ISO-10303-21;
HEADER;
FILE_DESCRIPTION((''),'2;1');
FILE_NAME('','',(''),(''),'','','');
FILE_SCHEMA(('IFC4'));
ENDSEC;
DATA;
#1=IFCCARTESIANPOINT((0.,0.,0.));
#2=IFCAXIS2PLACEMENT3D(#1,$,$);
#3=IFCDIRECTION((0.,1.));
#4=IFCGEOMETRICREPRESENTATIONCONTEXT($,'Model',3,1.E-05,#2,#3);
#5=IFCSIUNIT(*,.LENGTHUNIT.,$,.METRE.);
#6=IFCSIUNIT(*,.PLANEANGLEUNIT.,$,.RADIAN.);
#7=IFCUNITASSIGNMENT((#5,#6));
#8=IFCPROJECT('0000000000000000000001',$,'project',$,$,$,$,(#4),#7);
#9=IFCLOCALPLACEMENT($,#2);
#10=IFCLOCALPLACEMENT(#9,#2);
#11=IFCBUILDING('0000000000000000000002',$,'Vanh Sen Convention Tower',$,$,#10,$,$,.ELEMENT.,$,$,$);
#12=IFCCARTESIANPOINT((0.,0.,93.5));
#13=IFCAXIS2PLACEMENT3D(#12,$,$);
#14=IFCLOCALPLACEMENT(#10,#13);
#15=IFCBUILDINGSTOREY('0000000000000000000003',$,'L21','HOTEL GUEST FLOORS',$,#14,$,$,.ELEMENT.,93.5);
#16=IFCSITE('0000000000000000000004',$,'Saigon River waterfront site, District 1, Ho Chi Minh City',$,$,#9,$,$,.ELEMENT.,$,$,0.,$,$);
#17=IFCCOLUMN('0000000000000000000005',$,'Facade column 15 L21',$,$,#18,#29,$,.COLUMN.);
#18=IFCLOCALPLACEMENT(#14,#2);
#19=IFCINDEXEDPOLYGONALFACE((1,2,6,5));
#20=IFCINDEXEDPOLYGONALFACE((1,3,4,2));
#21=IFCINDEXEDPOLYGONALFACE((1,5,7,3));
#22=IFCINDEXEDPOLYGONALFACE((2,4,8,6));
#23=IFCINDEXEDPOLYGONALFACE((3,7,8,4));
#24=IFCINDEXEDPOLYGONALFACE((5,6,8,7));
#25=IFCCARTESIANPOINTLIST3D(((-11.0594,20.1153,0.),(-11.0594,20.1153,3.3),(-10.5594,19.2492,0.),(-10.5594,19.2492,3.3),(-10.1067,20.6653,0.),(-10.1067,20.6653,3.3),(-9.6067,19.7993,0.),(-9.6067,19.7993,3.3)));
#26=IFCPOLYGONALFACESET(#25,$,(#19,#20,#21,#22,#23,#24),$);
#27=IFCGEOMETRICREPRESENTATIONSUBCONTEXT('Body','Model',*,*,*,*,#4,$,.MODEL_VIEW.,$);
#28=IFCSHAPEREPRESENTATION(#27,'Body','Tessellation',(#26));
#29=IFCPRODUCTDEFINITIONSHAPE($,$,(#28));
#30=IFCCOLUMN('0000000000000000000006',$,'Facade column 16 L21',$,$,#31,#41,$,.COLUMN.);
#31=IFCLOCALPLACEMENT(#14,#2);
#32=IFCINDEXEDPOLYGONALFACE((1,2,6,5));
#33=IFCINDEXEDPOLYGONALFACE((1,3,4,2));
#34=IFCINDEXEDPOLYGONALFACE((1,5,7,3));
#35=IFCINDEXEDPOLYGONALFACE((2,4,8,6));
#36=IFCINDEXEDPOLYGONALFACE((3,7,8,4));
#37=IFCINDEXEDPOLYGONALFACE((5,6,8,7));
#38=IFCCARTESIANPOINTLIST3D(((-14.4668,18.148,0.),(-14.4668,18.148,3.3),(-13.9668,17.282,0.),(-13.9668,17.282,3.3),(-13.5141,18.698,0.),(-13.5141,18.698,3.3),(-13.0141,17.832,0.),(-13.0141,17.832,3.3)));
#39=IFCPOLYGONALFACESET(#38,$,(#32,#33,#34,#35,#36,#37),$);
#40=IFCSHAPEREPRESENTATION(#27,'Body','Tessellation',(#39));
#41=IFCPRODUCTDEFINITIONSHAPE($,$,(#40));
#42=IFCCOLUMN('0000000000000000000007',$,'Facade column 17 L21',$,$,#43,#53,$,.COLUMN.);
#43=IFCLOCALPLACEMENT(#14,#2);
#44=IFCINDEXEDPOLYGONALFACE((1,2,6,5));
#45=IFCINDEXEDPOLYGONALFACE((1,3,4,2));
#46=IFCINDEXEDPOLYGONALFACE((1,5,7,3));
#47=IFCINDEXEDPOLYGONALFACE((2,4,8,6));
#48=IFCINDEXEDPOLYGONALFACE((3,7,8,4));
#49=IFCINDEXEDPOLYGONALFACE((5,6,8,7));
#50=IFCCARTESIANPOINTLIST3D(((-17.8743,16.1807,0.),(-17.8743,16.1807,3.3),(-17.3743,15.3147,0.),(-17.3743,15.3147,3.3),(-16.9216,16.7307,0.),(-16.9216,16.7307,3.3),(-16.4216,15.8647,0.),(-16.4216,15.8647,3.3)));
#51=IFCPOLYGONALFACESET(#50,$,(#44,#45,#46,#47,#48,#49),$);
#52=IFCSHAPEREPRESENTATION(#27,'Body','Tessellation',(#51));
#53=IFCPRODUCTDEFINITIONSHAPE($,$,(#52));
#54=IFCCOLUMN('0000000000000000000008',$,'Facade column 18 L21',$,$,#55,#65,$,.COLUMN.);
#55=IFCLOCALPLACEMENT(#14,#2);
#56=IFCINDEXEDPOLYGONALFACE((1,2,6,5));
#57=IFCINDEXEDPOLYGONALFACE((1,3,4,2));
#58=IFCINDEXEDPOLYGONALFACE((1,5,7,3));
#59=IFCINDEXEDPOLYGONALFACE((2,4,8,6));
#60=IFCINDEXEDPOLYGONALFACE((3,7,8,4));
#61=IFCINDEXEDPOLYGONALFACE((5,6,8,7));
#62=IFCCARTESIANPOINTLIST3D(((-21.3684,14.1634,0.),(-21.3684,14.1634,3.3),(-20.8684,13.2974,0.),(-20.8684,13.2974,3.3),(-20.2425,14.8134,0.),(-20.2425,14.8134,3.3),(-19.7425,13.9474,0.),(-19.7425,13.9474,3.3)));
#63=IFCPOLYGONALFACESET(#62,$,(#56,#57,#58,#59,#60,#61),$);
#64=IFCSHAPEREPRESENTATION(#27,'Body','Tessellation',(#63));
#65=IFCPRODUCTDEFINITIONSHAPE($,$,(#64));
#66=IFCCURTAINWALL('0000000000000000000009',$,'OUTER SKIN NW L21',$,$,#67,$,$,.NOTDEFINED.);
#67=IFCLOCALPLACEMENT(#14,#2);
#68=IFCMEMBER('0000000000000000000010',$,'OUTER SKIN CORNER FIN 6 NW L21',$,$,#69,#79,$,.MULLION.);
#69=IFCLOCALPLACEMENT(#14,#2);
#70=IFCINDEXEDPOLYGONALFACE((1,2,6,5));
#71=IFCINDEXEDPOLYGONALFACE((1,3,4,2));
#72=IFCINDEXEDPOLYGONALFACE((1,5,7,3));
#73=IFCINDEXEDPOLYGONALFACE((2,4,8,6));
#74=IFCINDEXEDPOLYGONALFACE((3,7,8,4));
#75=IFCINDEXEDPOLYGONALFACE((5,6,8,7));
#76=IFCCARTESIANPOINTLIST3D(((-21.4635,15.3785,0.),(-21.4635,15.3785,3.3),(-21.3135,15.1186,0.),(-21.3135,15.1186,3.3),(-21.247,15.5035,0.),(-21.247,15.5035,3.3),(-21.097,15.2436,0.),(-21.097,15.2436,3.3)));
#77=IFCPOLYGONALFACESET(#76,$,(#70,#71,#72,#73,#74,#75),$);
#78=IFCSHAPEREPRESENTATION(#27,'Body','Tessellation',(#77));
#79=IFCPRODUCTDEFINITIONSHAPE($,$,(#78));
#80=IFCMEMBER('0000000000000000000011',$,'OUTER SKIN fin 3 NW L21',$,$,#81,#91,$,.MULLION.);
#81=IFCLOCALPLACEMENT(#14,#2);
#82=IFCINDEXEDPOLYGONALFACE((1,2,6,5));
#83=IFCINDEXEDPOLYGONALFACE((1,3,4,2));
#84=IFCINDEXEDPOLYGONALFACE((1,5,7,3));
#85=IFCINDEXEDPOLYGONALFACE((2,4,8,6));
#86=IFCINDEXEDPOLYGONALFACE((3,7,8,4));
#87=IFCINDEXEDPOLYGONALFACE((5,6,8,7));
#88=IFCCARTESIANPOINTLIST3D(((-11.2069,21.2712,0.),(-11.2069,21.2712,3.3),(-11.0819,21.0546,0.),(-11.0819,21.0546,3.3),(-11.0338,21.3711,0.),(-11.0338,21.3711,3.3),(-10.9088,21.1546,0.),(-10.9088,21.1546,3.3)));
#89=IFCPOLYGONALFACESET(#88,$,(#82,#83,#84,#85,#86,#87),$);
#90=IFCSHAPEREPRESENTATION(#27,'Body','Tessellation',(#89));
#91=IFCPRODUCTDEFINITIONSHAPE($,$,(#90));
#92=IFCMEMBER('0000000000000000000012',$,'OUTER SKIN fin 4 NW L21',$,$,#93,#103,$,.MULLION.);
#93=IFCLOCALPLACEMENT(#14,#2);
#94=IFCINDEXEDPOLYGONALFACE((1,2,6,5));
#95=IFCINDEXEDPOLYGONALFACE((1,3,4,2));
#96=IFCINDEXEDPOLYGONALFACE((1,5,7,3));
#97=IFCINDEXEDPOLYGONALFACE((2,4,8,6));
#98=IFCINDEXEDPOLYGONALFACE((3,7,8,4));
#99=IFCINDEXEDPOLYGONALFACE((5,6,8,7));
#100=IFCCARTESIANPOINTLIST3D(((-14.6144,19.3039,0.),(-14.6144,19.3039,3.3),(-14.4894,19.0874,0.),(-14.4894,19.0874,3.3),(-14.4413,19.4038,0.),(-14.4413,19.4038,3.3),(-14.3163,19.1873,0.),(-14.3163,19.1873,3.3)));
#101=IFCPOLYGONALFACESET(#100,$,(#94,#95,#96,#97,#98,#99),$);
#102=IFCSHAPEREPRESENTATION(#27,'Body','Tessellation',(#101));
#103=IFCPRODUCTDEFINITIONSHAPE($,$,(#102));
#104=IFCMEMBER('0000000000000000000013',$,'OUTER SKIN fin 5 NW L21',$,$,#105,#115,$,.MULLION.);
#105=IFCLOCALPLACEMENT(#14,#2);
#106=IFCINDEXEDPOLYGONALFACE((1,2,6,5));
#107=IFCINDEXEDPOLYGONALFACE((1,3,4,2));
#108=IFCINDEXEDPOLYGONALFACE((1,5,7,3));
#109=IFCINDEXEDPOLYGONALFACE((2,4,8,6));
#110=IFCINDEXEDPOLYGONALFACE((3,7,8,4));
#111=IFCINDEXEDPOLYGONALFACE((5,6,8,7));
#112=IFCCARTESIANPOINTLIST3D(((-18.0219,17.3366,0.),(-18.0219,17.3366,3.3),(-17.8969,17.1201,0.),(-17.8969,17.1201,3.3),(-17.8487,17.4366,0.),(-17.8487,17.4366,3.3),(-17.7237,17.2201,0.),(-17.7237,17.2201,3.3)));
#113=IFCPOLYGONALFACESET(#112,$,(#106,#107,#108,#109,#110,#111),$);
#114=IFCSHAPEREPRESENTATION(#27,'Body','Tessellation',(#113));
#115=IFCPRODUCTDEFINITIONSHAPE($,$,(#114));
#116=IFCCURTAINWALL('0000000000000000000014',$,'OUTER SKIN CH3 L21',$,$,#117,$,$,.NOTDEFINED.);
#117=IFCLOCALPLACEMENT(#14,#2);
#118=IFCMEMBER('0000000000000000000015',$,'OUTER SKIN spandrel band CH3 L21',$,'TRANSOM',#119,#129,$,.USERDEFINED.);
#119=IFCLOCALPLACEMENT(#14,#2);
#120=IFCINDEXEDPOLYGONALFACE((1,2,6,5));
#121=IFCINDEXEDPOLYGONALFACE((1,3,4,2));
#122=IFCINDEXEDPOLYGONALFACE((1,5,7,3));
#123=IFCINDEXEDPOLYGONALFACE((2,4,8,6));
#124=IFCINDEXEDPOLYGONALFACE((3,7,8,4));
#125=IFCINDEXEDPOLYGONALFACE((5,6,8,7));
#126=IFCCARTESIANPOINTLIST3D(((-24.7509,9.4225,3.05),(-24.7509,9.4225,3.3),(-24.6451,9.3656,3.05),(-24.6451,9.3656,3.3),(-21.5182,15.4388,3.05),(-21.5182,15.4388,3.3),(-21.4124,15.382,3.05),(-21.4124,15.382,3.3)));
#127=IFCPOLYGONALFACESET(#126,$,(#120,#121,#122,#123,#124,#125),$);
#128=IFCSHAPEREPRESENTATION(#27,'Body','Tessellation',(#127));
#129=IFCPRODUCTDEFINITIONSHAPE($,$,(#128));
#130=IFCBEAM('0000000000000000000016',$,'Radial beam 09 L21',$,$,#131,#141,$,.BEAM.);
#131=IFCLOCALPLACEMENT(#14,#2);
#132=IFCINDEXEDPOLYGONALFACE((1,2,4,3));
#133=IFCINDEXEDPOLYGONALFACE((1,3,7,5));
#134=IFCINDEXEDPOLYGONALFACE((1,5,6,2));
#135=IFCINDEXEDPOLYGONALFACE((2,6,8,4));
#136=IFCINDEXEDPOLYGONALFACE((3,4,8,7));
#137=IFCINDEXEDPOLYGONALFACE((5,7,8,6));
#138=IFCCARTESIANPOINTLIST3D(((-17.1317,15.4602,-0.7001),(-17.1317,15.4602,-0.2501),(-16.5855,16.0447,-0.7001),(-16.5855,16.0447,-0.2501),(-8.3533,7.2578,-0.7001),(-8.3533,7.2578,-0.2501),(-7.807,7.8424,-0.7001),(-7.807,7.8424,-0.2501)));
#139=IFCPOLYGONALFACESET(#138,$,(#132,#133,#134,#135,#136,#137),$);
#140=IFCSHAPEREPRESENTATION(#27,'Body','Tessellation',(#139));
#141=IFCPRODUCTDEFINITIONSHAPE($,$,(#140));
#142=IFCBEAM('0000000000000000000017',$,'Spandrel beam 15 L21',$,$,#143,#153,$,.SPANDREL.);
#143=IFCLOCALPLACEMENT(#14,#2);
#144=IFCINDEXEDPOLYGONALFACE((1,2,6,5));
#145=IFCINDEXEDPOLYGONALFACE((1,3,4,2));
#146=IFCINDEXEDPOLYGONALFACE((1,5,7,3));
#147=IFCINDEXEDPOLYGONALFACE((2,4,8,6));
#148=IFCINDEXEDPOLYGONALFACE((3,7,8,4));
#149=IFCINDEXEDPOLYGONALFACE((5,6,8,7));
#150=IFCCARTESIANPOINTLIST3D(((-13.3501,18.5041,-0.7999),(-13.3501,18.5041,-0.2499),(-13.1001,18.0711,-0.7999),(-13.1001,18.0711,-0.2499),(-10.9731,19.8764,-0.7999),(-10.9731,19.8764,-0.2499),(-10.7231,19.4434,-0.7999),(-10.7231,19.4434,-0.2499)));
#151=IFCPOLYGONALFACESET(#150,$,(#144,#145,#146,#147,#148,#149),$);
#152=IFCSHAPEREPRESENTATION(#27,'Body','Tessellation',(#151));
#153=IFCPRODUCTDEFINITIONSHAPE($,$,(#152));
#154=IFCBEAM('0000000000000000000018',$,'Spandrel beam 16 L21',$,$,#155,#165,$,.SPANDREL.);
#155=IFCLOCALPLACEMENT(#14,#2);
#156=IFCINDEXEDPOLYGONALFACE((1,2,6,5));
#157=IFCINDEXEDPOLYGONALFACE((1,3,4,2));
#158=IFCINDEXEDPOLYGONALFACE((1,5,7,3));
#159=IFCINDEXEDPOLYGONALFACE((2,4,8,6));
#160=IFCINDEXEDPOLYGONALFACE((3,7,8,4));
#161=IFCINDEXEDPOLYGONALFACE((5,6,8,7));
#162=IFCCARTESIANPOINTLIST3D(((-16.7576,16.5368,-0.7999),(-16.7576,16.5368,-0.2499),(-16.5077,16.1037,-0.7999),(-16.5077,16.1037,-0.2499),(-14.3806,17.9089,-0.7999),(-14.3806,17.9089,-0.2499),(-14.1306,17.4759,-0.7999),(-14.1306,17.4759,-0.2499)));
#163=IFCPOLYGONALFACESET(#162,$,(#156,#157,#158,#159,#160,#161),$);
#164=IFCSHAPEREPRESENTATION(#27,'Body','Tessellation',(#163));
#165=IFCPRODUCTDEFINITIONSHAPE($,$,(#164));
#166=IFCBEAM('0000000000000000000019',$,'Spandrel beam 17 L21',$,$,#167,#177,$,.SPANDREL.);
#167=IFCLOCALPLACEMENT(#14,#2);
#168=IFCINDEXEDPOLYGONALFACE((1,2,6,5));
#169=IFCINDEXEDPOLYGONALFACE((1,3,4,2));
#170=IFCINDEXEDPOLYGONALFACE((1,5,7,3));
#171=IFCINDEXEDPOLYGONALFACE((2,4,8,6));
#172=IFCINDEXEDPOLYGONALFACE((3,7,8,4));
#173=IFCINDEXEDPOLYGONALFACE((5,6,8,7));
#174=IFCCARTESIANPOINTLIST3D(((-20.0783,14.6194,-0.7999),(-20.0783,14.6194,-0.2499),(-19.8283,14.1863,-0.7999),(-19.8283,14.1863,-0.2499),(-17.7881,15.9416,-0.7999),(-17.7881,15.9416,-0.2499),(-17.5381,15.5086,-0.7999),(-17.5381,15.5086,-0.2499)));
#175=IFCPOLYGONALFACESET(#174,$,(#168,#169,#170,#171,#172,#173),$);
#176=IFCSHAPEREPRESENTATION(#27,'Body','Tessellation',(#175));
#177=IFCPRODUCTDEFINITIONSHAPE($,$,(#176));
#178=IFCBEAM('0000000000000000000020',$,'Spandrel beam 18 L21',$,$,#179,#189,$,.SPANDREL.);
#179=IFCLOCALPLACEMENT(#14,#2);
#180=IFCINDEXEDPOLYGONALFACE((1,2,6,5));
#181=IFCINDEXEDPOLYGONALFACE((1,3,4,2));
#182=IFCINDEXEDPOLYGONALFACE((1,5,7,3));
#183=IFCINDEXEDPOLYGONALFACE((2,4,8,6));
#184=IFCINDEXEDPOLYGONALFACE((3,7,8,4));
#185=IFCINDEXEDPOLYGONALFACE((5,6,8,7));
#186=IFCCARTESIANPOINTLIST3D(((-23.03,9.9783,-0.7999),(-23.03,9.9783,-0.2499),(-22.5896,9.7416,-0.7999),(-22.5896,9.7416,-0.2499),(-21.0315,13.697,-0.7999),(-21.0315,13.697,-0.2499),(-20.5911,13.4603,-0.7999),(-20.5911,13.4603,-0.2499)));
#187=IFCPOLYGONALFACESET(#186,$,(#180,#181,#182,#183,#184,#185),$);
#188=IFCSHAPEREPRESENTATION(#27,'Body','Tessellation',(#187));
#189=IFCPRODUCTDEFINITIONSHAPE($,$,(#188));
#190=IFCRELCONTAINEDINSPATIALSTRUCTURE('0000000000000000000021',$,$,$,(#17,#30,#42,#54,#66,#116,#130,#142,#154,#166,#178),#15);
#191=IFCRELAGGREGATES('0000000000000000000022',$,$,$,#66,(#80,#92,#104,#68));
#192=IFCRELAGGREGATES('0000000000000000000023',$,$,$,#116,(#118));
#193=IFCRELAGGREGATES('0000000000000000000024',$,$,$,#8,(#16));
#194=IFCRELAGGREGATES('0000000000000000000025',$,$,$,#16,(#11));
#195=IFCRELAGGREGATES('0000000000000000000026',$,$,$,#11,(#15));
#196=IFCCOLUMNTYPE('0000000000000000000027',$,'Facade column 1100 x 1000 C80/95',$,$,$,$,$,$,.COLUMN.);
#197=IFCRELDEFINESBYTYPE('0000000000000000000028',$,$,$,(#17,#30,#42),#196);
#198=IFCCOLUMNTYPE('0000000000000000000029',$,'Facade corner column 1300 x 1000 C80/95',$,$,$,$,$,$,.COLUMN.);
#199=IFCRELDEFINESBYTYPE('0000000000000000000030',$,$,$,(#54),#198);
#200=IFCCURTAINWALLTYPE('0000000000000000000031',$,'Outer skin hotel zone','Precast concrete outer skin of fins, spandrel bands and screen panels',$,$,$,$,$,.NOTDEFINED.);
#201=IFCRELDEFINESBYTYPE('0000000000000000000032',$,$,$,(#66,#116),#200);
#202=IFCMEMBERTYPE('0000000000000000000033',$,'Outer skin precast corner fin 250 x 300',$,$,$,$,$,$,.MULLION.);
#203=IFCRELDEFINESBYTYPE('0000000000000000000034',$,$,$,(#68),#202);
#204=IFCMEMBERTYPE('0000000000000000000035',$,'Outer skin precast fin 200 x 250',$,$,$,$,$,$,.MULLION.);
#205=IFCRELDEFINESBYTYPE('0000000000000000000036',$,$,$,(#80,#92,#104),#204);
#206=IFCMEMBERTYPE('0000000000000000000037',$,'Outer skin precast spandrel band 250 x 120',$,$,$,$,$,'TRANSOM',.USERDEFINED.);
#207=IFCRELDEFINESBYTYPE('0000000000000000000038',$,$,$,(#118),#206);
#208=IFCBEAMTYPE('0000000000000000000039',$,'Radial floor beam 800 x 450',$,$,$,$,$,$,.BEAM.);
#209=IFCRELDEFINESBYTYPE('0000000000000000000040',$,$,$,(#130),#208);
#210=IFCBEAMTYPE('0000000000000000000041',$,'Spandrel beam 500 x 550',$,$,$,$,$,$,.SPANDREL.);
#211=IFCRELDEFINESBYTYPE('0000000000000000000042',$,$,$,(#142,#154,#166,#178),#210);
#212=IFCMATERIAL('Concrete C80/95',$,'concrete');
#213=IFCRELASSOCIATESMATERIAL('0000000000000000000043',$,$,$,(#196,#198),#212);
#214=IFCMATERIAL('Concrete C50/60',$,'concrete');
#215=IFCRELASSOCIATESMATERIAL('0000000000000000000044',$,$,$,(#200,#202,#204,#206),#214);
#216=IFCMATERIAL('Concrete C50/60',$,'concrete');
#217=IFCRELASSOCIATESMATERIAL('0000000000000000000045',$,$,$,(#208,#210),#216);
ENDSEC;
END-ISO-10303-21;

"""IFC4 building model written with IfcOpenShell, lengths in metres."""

from ifc_helpers import new_model, si_unit, direction, frame, origin, origin_2d, place, context, subcontext, project, spatial, rectangle, extrude, material, material_profile, profile_set, type_object, element, aggregate, save


model = new_model("IFC4")

# Units and contexts
model_context = context("Model", 3, precision=1e-05, world=origin(), true_north=direction((0.0, 1.0)))
body_context = subcontext(model_context, "Body", "Model", "MODEL_VIEW")
ifc_project = project(units=[si_unit("LENGTHUNIT", "METRE"), si_unit("PLANEANGLEUNIT", "RADIAN")], contexts=[model_context])

# Site, building, storey
site_placement = place(None, origin())
site = spatial("IfcSite", under=ifc_project, at=site_placement, Name="Saigon River waterfront site, District 1, Ho Chi Minh City", CompositionType="ELEMENT", RefElevation=0.0)
building_placement = place(site_placement, origin())
building = spatial("IfcBuilding", under=site, at=building_placement, Name="Vanh Sen Convention Tower", CompositionType="ELEMENT")
storey_placement = place(building_placement, frame((0.0, 0.0, 93.5)))
storey = spatial("IfcBuildingStorey", under=building, at=storey_placement, Name="L21", Description="HOTEL GUEST FLOORS", CompositionType="ELEMENT", Elevation=93.5)

# Columns
ifc_material_1 = material(Name="Concrete C80/95", Category="concrete")
ifc_material_profile_1 = material_profile(ifc_material_1, rectangle(XDim=1.1001, YDim=1.0, at=origin_2d()), Name="RC 1100X1000")
ifc_profile_set_1 = profile_set([ifc_material_profile_1], Name="Concrete C80/95")
column_type_1 = type_object("IfcColumnType", Name="Facade column 1100 x 1000 C80/95", PredefinedType="COLUMN", material=ifc_profile_set_1)
for number, where, z_axis, x_axis, name in (
    (1, (-10.333, 19.9573, 0.0), (0.0, 0.0, 1.0), (-0.866025, -0.5, 0.0), "Facade column 15 L21"),
    (2, (-13.7405, 17.99, 0.0), (0.0, 0.0, 1.0), (-0.866025, -0.5, 0.0), "Facade column 16 L21"),
    (3, (-17.1479, 16.0227, 0.0), (0.0, 0.0, 1.0), (-0.866025, -0.5, 0.0), "Facade column 17 L21"),
):
    element("IfcColumn", number, at=place(storey_placement, frame(where, z_axis=z_axis, x_axis=x_axis)), inside=storey, type_object=column_type_1, Name=name, PredefinedType="COLUMN", context=body_context, shape_type="SweptSolid", body=[
        extrude(rectangle(XDim=1.1001, YDim=1.0, at=origin_2d()), origin(), (0.0, 0.0, 1.0), 3.3),
    ])
ifc_material_profile_2 = material_profile(ifc_material_1, rectangle(XDim=1.3, YDim=1.0, at=origin_2d()), Name="RC 1300X1000")
ifc_profile_set_2 = profile_set([ifc_material_profile_2], Name="Concrete C80/95")
column_type_2 = type_object("IfcColumnType", Name="Facade corner column 1300 x 1000 C80/95", PredefinedType="COLUMN", material=ifc_profile_set_2)
column_placement = place(storey_placement, frame((-20.5554, 14.0554, 0.0), z_axis=(0.0, 0.0, 1.0), x_axis=(-0.866025, -0.5, 0.0)))
element("IfcColumn", 4, at=column_placement, inside=storey, type_object=column_type_2, Name="Facade column 18 L21", PredefinedType="COLUMN", context=body_context, shape_type="SweptSolid", body=[
    extrude(rectangle(XDim=1.3, YDim=1.0, at=origin_2d()), origin(), (0.0, 0.0, 1.0), 3.3),
])

# Curtain wall, members
ifc_material_2 = material(Name="Concrete C50/60", Category="concrete")
curtain_wall_type = type_object("IfcCurtainWallType", Name="Outer skin hotel zone", Description="Precast concrete outer skin of fins, spandrel bands and screen panels", PredefinedType="NOTDEFINED", material=ifc_material_2)
curtain_wall_1_placement = place(storey_placement, origin())
curtain_wall_1 = element("IfcCurtainWall", 5, at=curtain_wall_1_placement, inside=storey, type_object=curtain_wall_type, Name="OUTER SKIN NW L21", PredefinedType="NOTDEFINED")
ifc_material_profile_3 = material_profile(ifc_material_2, rectangle(XDim=0.25, YDim=0.3, at=origin_2d()), Name="Outer skin precast corner fin 250 x 300")
ifc_profile_set_3 = profile_set([ifc_material_profile_3], Name="Concrete C50/60")
member_type_1 = type_object("IfcMemberType", Name="Outer skin precast corner fin 250 x 300", PredefinedType="MULLION", material=ifc_profile_set_3)
member_1_placement = place(storey_placement, frame((-21.2803, 15.311, 0.0), z_axis=(0.0, 0.0, 1.0), x_axis=(-0.866025, -0.5, 0.0)))
member_1 = element("IfcMember", 6, at=member_1_placement, type_object=member_type_1, Name="OUTER SKIN CORNER FIN 6 NW L21", PredefinedType="MULLION", context=body_context, shape_type="SweptSolid", body=[
    extrude(rectangle(XDim=0.25, YDim=0.3, at=origin_2d()), origin(), (0.0, 0.0, 1.0), 3.3),
])
ifc_material_profile_4 = material_profile(ifc_material_2, rectangle(XDim=0.2, YDim=0.25, at=origin_2d()), Name="Outer skin precast fin 200 x 250")
ifc_profile_set_4 = profile_set([ifc_material_profile_4], Name="Concrete C50/60")
member_type_2 = type_object("IfcMemberType", Name="Outer skin precast fin 200 x 250", PredefinedType="MULLION", material=ifc_profile_set_4)
member_2_placement = place(storey_placement, frame((-11.0579, 21.2129, 0.0), z_axis=(0.0, 0.0, 1.0), x_axis=(-0.866025, -0.5, 0.0)))
member_2 = element("IfcMember", 7, at=member_2_placement, type_object=member_type_2, Name="OUTER SKIN fin 3 NW L21", PredefinedType="MULLION", context=body_context, shape_type="SweptSolid", body=[
    extrude(rectangle(XDim=0.2, YDim=0.25, at=origin_2d()), origin(), (0.0, 0.0, 1.0), 3.3),
])
member_3_placement = place(storey_placement, frame((-14.4653, 19.2456, 0.0), z_axis=(0.0, 0.0, 1.0), x_axis=(-0.866025, -0.5, 0.0)))
member_3 = element("IfcMember", 8, at=member_3_placement, type_object=member_type_2, Name="OUTER SKIN fin 4 NW L21", PredefinedType="MULLION", context=body_context, shape_type="SweptSolid", body=[
    extrude(rectangle(XDim=0.2, YDim=0.25, at=origin_2d()), origin(), (0.0, 0.0, 1.0), 3.3),
])
member_4_placement = place(storey_placement, frame((-17.8728, 17.2783, 0.0), z_axis=(0.0, 0.0, 1.0), x_axis=(-0.866025, -0.5, 0.0)))
member_4 = element("IfcMember", 9, at=member_4_placement, type_object=member_type_2, Name="OUTER SKIN fin 5 NW L21", PredefinedType="MULLION", context=body_context, shape_type="SweptSolid", body=[
    extrude(rectangle(XDim=0.2, YDim=0.25, at=origin_2d()), origin(), (0.0, 0.0, 1.0), 3.3),
])

# Curtain wall, member
curtain_wall_2_placement = place(storey_placement, origin())
curtain_wall_2 = element("IfcCurtainWall", 10, at=curtain_wall_2_placement, inside=storey, type_object=curtain_wall_type, Name="OUTER SKIN CH3 L21", PredefinedType="NOTDEFINED")
ifc_material_profile_5 = material_profile(ifc_material_2, rectangle(XDim=0.1201, YDim=0.25, at=origin_2d()), Name="Outer skin precast spandrel band 250 x 120")
ifc_profile_set_5 = profile_set([ifc_material_profile_5], Name="Concrete C50/60")
member_type_3 = type_object("IfcMemberType", Name="Outer skin precast spandrel band 250 x 120", ElementType="TRANSOM", PredefinedType="USERDEFINED", material=ifc_profile_set_5)
member_5_placement = place(storey_placement, frame((-21.4653, 15.4104, 3.175), z_axis=(-0.473315, -0.880893, 0.0), x_axis=(0.880893, -0.473315, 0.0)))
member_5 = element("IfcMember", 11, at=member_5_placement, type_object=member_type_3, Name="OUTER SKIN spandrel band CH3 L21", ObjectType="TRANSOM", PredefinedType="USERDEFINED", context=body_context, shape_type="SweptSolid", body=[
    extrude(rectangle(XDim=0.1201, YDim=0.25, at=origin_2d()), origin(), (0.0, 0.0, 1.0), 6.8298),
])

# Beams
ifc_material_3 = material(Name="Concrete C50/60", Category="concrete")
ifc_material_profile_6 = material_profile(ifc_material_3, rectangle(XDim=0.8, YDim=0.45, at=origin_2d()), Name="RC 800X450")
ifc_profile_set_6 = profile_set([ifc_material_profile_6], Name="Concrete C50/60")
beam_type_1 = type_object("IfcBeamType", Name="Radial floor beam 800 x 450", PredefinedType="BEAM", material=ifc_profile_set_6)
beam_1_placement = place(storey_placement, frame((-16.8586, 15.7524, -0.4751), z_axis=(0.730679, -0.682721, 0.0), x_axis=(0.682721, 0.730679, 0.0)))
element("IfcBeam", 12, at=beam_1_placement, inside=storey, type_object=beam_type_1, Name="Radial beam 09 L21", PredefinedType="BEAM", context=body_context, shape_type="SweptSolid", body=[
    extrude(rectangle(XDim=0.8, YDim=0.45, at=origin_2d()), origin(), (0.0, 0.0, 1.0), 12.0142),
])
ifc_material_profile_7 = material_profile(ifc_material_3, rectangle(XDim=0.5, YDim=0.55, at=origin_2d()), Name="RC 500X550")
ifc_profile_set_7 = profile_set([ifc_material_profile_7], Name="Concrete C50/60")
beam_type_2 = type_object("IfcBeamType", Name="Spandrel beam 500 x 550", PredefinedType="SPANDREL", material=ifc_profile_set_7)
for number, where, z_axis, x_axis, name in (
    (13, (-10.8481, 19.6599, -0.5249), (-0.866029, -0.499995, 0.0), (0.499995, -0.866029, 0.0), "Spandrel beam 15 L21"),
    (14, (-14.2556, 17.6924, -0.5249), (-0.866067, -0.499928, 0.0), (0.499928, -0.866067, 0.0), "Spandrel beam 16 L21"),
):
    element("IfcBeam", number, at=place(storey_placement, frame(where, z_axis=z_axis, x_axis=x_axis)), inside=storey, type_object=beam_type_2, Name=name, PredefinedType="SPANDREL", context=body_context, shape_type="SweptSolid", body=[
        extrude(rectangle(XDim=0.5, YDim=0.55, at=origin_2d()), origin(), (0.0, 0.0, 1.0), 2.7446),
    ])
beam_2_placement = place(storey_placement, frame((-17.6631, 15.7251, -0.5249), z_axis=(-0.86603, -0.499991, 0.0), x_axis=(0.499991, -0.86603, 0.0)))
element("IfcBeam", 15, at=beam_2_placement, inside=storey, type_object=beam_type_2, Name="Spandrel beam 17 L21", PredefinedType="SPANDREL", context=body_context, shape_type="SweptSolid", body=[
    extrude(rectangle(XDim=0.5, YDim=0.55, at=origin_2d()), origin(), (0.0, 0.0, 1.0), 2.6445),
])
beam_3_placement = place(storey_placement, frame((-20.8113, 13.5786, -0.5249), z_axis=(-0.473389, -0.880853, 0.0), x_axis=(0.880853, -0.473389, 0.0)))
element("IfcBeam", 16, at=beam_3_placement, inside=storey, type_object=beam_type_2, Name="Spandrel beam 18 L21", PredefinedType="SPANDREL", context=body_context, shape_type="SweptSolid", body=[
    extrude(rectangle(XDim=0.5, YDim=0.55, at=origin_2d()), origin(), (0.0, 0.0, 1.0), 4.2217),
])

aggregate(curtain_wall_1, [member_2, member_3, member_4, member_1])
aggregate(curtain_wall_2, [member_5])

save(model, "model.ifc")
